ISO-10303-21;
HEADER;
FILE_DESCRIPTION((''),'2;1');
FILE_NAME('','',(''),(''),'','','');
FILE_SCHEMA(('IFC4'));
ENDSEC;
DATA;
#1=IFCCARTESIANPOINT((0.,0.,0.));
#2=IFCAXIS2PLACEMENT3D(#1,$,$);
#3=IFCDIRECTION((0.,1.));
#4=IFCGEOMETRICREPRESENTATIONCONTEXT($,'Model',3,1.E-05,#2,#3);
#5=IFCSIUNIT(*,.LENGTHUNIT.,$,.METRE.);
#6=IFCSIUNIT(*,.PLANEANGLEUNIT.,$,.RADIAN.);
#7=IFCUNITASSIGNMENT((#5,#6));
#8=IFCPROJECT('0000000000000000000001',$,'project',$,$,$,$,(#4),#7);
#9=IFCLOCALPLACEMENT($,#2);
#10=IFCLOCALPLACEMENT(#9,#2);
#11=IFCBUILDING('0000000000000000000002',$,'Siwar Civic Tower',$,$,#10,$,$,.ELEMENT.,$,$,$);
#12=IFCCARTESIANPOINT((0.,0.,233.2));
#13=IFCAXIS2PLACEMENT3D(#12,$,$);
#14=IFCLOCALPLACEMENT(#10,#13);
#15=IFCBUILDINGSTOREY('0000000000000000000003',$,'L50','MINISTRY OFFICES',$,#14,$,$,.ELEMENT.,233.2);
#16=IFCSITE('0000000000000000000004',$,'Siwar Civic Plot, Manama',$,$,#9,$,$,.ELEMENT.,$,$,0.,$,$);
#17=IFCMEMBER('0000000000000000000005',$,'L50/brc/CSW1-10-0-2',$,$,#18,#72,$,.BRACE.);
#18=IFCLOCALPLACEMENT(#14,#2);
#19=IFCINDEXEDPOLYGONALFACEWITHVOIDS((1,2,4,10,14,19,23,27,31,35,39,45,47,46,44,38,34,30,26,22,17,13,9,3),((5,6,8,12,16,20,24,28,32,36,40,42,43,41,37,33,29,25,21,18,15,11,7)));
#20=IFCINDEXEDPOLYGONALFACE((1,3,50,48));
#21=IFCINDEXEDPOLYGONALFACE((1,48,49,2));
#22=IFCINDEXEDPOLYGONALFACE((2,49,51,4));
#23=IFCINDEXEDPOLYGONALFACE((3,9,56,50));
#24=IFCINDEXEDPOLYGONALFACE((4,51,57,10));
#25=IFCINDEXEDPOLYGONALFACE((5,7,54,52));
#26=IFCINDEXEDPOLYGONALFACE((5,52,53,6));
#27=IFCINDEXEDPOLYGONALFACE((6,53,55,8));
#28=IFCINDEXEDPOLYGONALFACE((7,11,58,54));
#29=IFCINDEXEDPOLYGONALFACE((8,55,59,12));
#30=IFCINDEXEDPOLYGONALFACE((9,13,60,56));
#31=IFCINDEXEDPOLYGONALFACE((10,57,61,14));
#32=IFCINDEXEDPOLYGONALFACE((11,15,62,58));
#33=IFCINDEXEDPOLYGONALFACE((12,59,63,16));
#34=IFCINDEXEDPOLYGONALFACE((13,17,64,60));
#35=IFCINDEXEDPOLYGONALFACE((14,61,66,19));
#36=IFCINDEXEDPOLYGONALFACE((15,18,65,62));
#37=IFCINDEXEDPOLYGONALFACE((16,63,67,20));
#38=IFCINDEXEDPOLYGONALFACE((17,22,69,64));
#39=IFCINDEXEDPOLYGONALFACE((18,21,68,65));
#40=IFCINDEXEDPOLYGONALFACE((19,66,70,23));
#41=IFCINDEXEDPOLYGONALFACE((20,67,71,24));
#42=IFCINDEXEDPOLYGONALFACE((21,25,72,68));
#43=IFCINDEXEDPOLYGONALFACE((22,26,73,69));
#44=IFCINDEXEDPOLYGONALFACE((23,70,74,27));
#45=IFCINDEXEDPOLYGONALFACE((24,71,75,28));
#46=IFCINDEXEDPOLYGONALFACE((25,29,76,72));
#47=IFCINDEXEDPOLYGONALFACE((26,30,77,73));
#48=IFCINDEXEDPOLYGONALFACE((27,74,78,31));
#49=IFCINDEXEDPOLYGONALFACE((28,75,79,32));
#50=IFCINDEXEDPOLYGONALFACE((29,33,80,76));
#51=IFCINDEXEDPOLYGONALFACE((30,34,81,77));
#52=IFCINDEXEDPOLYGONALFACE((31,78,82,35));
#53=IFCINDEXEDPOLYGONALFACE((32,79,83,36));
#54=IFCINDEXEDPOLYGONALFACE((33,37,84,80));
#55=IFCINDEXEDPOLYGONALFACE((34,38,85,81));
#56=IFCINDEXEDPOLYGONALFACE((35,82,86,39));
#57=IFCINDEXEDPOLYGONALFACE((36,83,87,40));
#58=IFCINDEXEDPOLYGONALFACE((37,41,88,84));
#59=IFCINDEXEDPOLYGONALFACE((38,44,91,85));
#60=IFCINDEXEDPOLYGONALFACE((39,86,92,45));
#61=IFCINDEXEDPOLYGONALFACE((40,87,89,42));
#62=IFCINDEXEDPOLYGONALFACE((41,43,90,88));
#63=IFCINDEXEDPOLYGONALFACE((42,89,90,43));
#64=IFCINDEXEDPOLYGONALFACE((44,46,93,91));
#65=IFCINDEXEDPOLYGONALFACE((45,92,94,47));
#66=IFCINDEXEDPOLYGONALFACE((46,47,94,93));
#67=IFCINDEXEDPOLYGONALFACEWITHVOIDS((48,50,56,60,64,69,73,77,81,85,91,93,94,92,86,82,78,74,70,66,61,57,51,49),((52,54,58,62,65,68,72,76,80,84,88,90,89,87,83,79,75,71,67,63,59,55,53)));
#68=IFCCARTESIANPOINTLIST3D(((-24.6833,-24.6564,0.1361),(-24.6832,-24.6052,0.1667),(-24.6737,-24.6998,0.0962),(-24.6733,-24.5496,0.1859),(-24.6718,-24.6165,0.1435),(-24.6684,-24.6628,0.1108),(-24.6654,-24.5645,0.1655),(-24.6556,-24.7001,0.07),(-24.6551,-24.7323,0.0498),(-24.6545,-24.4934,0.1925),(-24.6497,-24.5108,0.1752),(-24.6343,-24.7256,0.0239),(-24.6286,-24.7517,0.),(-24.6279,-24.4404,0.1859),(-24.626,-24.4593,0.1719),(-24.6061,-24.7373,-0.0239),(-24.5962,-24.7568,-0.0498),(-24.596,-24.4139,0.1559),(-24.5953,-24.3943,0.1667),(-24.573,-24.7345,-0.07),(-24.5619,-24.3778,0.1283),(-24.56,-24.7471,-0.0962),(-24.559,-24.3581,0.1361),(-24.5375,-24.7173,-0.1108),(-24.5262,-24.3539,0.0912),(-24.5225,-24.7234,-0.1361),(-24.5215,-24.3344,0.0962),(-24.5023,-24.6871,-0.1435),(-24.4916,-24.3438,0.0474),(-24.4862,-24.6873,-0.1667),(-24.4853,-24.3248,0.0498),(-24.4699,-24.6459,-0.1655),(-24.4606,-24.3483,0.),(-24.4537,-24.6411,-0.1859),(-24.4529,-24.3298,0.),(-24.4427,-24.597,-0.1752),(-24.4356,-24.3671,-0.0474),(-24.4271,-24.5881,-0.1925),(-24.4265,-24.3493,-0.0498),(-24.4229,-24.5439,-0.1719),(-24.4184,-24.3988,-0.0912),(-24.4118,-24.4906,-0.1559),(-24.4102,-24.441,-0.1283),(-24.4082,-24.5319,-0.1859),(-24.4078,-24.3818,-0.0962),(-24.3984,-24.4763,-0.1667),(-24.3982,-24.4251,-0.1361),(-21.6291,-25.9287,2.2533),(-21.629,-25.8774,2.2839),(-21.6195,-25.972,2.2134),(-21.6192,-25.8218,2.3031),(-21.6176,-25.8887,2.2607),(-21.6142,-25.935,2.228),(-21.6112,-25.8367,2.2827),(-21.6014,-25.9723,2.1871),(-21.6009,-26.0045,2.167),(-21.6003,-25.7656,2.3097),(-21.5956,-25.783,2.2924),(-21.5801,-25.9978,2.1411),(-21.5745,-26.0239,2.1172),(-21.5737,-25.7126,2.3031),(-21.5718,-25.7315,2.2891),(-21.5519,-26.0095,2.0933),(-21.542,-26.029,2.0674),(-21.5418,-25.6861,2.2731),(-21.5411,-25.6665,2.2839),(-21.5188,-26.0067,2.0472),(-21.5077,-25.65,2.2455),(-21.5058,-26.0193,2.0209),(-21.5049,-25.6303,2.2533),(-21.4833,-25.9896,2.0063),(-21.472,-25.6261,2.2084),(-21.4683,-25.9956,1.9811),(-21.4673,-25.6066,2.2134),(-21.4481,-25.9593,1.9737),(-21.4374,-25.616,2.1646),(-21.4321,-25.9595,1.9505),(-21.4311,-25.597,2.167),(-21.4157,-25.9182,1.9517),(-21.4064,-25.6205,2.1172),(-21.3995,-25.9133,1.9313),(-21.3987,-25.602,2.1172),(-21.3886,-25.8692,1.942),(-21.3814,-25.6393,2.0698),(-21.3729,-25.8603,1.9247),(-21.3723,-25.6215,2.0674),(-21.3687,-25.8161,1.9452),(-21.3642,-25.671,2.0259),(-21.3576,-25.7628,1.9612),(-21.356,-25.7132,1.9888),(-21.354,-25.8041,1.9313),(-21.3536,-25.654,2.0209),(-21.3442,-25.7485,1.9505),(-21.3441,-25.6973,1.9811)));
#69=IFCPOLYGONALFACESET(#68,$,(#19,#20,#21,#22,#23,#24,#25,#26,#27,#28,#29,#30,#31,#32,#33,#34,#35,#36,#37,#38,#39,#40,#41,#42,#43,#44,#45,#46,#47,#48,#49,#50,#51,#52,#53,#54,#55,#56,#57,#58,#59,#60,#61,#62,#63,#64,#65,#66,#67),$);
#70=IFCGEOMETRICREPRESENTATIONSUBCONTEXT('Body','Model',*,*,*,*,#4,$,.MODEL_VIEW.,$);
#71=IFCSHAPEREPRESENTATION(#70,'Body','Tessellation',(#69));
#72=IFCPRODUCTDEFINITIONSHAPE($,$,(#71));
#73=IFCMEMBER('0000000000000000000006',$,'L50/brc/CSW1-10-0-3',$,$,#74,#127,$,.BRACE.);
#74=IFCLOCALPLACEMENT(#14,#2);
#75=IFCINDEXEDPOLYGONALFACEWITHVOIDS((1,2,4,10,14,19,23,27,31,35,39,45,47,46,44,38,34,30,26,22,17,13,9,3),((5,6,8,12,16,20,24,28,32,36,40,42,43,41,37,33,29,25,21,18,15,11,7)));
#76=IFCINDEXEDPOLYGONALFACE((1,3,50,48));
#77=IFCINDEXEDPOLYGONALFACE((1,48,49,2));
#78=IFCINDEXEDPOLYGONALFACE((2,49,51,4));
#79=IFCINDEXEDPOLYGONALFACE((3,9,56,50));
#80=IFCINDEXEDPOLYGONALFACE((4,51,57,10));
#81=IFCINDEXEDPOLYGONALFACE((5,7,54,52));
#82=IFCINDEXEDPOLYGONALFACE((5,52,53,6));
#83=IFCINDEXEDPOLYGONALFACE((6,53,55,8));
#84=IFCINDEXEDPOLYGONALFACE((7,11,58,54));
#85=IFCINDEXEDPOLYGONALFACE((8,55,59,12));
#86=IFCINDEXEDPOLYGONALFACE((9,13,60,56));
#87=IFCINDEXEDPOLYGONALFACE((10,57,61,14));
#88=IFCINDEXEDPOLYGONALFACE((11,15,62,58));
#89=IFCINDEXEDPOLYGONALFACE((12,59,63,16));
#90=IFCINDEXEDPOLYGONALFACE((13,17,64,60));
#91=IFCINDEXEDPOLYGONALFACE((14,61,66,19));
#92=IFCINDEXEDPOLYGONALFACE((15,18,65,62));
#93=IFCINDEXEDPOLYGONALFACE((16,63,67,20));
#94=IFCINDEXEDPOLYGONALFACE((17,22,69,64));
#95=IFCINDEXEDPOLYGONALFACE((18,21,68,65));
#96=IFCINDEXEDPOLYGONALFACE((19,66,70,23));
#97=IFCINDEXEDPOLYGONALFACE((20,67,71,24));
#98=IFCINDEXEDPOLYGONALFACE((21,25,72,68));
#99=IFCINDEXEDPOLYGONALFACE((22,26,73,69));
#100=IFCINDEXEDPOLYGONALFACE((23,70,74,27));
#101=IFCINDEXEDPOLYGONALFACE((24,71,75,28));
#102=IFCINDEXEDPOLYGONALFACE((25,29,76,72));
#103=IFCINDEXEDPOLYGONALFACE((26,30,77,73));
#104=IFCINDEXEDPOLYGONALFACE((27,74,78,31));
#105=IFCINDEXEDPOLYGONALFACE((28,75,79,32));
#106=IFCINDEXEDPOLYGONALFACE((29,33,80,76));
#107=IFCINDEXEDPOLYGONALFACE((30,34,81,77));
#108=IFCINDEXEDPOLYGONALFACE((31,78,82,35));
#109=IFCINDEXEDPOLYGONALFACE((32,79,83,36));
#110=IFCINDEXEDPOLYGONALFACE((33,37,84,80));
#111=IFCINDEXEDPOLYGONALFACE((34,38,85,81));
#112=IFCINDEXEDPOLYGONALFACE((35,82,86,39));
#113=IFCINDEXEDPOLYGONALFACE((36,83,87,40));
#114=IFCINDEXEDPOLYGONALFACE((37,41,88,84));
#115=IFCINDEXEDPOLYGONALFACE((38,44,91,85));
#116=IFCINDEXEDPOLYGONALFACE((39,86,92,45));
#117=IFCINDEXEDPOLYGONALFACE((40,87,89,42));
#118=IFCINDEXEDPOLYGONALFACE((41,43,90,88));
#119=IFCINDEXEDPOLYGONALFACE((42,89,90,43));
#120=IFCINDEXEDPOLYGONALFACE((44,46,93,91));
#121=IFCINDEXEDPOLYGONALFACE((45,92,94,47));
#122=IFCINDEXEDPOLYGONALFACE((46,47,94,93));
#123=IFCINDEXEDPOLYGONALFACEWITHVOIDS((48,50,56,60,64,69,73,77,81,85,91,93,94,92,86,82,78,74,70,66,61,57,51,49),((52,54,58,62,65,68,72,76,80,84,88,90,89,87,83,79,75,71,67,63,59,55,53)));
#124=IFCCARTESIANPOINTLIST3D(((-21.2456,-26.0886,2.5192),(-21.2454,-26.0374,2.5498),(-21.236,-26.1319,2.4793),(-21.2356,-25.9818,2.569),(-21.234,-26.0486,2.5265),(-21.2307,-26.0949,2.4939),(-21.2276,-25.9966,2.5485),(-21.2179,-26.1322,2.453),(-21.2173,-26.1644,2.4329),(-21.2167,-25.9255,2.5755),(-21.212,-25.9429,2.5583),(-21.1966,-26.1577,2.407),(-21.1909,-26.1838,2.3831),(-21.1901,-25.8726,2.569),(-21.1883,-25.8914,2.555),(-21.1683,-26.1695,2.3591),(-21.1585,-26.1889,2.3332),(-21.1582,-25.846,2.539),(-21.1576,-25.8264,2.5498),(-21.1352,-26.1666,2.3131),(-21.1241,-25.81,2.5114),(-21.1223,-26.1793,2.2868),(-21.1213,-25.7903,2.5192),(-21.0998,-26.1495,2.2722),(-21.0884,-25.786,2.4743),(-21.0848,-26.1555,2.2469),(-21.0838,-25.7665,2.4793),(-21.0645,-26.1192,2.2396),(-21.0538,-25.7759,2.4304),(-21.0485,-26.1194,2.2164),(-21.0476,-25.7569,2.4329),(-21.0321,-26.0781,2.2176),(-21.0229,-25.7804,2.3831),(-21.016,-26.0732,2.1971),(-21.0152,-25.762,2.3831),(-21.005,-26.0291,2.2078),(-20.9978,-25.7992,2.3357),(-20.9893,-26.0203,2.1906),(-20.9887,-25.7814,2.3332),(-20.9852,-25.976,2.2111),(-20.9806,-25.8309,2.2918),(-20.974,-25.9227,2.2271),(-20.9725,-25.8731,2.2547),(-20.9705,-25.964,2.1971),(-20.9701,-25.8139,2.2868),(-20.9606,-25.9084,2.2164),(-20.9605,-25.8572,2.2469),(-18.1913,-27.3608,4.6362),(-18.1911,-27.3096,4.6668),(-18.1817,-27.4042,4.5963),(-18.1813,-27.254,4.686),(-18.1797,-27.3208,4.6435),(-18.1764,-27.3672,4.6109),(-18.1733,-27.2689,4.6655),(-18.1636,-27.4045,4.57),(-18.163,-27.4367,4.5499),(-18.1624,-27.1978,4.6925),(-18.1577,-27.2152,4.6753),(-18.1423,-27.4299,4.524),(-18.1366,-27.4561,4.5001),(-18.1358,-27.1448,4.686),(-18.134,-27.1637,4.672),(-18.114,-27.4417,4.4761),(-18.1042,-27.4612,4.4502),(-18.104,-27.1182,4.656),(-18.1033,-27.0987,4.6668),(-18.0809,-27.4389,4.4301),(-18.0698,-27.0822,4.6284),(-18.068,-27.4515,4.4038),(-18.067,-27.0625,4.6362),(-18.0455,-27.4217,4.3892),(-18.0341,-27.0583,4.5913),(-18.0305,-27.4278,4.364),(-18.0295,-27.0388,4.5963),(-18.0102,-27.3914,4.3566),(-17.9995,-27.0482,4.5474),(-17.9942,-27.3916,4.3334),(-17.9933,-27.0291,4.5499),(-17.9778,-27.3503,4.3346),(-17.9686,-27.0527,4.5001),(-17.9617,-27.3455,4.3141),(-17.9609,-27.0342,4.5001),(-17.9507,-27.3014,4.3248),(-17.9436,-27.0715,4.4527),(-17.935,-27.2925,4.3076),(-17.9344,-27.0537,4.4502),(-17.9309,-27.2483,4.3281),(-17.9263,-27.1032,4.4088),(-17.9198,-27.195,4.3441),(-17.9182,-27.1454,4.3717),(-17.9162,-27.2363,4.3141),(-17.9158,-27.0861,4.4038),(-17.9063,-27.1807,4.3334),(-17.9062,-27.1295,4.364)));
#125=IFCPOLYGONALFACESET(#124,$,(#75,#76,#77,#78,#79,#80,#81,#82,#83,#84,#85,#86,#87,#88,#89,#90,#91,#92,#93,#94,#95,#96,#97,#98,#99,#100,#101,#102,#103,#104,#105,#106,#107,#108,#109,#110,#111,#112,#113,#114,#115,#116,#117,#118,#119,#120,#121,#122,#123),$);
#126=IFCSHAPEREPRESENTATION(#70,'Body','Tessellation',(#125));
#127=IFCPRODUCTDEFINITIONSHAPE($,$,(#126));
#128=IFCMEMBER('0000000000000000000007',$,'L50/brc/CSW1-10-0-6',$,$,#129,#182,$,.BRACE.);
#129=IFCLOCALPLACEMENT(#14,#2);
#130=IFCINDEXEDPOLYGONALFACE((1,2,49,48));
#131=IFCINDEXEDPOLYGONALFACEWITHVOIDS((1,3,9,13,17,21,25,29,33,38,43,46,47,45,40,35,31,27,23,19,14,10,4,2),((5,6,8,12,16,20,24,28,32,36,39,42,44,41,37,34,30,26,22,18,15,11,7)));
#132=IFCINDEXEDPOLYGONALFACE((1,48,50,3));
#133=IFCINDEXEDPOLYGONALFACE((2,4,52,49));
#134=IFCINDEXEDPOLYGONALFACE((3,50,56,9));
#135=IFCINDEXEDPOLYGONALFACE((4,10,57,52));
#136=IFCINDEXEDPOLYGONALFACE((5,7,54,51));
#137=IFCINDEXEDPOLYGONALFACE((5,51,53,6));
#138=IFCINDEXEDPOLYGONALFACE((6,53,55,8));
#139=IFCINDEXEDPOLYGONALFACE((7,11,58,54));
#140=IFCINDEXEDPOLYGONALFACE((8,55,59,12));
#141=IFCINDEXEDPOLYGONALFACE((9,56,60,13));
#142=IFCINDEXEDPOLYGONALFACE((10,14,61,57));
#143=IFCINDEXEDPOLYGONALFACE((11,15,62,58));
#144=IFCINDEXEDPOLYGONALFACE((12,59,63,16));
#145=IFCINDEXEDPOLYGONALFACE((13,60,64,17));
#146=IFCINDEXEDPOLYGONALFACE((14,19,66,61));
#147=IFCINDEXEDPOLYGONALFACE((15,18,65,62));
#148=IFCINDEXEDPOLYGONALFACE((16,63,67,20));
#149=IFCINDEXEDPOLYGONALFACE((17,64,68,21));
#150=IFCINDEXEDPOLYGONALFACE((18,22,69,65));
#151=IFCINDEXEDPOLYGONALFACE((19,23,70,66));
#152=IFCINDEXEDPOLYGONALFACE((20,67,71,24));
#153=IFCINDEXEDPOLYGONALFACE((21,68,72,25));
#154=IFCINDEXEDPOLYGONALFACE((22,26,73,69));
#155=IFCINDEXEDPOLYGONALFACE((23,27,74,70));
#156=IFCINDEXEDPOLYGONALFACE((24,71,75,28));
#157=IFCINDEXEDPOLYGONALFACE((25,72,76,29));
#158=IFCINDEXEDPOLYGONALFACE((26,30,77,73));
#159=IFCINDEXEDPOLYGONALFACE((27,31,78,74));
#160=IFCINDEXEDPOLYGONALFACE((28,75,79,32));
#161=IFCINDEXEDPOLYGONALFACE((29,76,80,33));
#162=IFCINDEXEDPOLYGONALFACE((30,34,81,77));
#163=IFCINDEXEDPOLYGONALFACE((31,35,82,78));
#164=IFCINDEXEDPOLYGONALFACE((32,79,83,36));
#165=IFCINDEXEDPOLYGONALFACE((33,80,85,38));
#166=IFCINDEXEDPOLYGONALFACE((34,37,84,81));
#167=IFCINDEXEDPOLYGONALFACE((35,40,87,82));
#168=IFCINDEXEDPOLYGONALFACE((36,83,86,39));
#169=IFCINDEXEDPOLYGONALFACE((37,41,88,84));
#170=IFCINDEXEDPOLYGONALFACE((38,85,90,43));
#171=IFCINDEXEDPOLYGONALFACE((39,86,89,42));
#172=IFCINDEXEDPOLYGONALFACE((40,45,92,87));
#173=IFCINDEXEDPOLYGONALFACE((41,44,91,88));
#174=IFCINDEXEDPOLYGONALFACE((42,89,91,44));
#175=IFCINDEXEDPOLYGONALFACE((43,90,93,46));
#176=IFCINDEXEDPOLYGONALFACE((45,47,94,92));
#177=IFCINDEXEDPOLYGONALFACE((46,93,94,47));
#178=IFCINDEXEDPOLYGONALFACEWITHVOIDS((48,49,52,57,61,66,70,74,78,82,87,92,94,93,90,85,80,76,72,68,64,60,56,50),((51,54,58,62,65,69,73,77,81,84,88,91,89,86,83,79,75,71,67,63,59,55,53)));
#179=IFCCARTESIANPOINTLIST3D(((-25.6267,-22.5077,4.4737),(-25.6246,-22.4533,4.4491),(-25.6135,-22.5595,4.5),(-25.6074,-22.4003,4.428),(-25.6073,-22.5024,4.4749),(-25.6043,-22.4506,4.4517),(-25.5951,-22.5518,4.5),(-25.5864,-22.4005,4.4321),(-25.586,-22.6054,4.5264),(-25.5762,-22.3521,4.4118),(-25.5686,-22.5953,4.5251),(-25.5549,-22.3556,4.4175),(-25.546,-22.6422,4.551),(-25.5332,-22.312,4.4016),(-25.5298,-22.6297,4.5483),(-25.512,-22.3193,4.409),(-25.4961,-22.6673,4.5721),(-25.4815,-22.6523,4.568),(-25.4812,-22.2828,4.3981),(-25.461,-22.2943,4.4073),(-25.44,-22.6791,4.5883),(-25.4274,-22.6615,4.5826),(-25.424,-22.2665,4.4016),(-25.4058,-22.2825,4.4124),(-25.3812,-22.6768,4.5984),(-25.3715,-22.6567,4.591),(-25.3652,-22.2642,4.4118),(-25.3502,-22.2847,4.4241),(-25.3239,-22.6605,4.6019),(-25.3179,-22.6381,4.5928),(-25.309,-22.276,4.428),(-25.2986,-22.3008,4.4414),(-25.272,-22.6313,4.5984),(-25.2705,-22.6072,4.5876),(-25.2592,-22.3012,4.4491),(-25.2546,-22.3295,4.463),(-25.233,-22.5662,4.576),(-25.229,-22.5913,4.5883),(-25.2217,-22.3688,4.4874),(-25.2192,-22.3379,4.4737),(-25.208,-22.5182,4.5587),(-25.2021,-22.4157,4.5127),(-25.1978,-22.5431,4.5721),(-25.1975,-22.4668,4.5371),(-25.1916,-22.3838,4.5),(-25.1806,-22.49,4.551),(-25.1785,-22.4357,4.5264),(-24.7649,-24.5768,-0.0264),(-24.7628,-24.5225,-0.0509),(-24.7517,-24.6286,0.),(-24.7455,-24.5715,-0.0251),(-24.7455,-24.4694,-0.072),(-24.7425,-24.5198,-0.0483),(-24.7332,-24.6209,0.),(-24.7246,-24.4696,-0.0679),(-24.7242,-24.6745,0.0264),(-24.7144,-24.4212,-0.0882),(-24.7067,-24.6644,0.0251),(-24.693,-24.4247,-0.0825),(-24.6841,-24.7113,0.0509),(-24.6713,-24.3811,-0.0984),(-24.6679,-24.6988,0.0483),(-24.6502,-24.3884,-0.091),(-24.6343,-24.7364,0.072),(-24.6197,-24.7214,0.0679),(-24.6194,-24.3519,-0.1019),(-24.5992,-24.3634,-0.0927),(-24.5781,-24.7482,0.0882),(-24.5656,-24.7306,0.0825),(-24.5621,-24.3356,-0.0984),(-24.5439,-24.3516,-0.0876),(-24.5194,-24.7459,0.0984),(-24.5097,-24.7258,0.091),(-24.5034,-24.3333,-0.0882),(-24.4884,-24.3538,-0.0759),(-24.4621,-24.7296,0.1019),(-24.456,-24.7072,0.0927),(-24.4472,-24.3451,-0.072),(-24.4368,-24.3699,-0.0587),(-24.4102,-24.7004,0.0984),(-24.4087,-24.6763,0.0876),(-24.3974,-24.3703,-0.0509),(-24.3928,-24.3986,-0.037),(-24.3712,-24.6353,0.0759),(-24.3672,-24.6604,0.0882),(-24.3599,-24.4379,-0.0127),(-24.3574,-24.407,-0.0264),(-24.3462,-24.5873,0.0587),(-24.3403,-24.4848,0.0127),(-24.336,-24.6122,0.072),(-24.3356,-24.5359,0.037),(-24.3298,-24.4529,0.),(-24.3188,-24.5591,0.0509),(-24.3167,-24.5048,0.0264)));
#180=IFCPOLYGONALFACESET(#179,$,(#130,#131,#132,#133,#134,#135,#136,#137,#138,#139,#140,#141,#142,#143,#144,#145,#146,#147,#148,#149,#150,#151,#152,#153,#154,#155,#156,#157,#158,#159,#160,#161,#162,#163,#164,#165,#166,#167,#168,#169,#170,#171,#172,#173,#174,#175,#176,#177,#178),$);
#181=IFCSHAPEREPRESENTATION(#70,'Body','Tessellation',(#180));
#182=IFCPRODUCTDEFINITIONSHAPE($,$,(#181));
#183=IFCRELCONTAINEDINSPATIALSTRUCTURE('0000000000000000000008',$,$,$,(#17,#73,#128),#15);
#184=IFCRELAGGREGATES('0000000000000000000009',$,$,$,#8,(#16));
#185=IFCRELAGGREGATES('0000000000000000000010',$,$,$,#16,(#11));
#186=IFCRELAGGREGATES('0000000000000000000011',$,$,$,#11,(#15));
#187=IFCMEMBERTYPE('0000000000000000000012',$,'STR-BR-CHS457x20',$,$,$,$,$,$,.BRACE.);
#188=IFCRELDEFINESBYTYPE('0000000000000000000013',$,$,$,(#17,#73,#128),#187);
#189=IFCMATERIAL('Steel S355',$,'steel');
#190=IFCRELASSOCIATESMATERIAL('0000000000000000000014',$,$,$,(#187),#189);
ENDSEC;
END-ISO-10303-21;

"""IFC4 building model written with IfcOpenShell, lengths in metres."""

from ifc_helpers import new_model, si_unit, direction, frame, origin, origin_2d, place, context, subcontext, project, spatial, hollow_circle, extrude, material, material_profile, profile_set, type_object, element, save


model = new_model("IFC4")

# Units and contexts
model_context = context("Model", 3, precision=1e-05, world=origin(), true_north=direction((0.0, 1.0)))
body_context = subcontext(model_context, "Body", "Model", "MODEL_VIEW")
ifc_project = project(units=[si_unit("LENGTHUNIT", "METRE"), si_unit("PLANEANGLEUNIT", "RADIAN")], contexts=[model_context])

# Site, building, storey
site_placement = place(None, origin())
site = spatial("IfcSite", under=ifc_project, at=site_placement, Name="Siwar Civic Plot, Manama", CompositionType="ELEMENT", RefElevation=0.0)
building_placement = place(site_placement, origin())
building = spatial("IfcBuilding", under=site, at=building_placement, Name="Siwar Civic Tower", CompositionType="ELEMENT")
storey_placement = place(building_placement, frame((0.0, 0.0, 233.2)))
storey = spatial("IfcBuildingStorey", under=building, at=storey_placement, Name="L50", Description="MINISTRY OFFICES", CompositionType="ELEMENT", Elevation=233.2)

# Members
ifc_material_1 = material(Name="Steel S355", Category="steel")
ifc_material_profile_1 = material_profile(ifc_material_1, hollow_circle(Radius=0.2285, WallThickness=0.02, at=origin_2d()), Name="CHS457x20")
ifc_profile_set_1 = profile_set([ifc_material_profile_1], Name="Steel S355")
member_type_1 = type_object("IfcMemberType", Name="STR-BR-CHS457x20", PredefinedType="BRACE", material=ifc_profile_set_1)
for number, where, z_axis, x_axis, name in (
    (1, (-24.5408, -24.5408, 0.0), (0.777546, -0.323884, 0.538999), (0.384521, 0.923116, 0.0), "L50/brc/CSW1-10-0-2"),
    (2, (-21.103, -25.9729, 2.3831), (0.777572, -0.323895, 0.538955), (0.384521, 0.923116, 0.0), "L50/brc/CSW1-10-0-3"),
):
    element("IfcMember", number, at=place(storey_placement, frame(where, z_axis=z_axis, x_axis=x_axis)), inside=storey, type_object=member_type_1, Name=name, PredefinedType="BRACE", context=body_context, shape_type="SweptSolid", body=[
        extrude(hollow_circle(Radius=0.2285, WallThickness=0.02, at=origin_2d()), origin(), (0.0, 0.0, 1.0), 3.928),
    ])
member_1_placement = place(storey_placement, frame((-24.5408, -24.5408, 0.0), z_axis=(-0.171427, 0.41157, 0.895111), x_axis=(-0.923125, -0.384499, 0.0)))
element("IfcMember", 3, at=member_1_placement, inside=storey, type_object=member_type_1, Name="L50/brc/CSW1-10-0-6", PredefinedType="BRACE", context=body_context, shape_type="SweptSolid", body=[
    extrude(hollow_circle(Radius=0.2285, WallThickness=0.02, at=origin_2d()), origin(), (0.0, 0.0, 1.0), 5.0273),
])

save(model, "model.ifc")
